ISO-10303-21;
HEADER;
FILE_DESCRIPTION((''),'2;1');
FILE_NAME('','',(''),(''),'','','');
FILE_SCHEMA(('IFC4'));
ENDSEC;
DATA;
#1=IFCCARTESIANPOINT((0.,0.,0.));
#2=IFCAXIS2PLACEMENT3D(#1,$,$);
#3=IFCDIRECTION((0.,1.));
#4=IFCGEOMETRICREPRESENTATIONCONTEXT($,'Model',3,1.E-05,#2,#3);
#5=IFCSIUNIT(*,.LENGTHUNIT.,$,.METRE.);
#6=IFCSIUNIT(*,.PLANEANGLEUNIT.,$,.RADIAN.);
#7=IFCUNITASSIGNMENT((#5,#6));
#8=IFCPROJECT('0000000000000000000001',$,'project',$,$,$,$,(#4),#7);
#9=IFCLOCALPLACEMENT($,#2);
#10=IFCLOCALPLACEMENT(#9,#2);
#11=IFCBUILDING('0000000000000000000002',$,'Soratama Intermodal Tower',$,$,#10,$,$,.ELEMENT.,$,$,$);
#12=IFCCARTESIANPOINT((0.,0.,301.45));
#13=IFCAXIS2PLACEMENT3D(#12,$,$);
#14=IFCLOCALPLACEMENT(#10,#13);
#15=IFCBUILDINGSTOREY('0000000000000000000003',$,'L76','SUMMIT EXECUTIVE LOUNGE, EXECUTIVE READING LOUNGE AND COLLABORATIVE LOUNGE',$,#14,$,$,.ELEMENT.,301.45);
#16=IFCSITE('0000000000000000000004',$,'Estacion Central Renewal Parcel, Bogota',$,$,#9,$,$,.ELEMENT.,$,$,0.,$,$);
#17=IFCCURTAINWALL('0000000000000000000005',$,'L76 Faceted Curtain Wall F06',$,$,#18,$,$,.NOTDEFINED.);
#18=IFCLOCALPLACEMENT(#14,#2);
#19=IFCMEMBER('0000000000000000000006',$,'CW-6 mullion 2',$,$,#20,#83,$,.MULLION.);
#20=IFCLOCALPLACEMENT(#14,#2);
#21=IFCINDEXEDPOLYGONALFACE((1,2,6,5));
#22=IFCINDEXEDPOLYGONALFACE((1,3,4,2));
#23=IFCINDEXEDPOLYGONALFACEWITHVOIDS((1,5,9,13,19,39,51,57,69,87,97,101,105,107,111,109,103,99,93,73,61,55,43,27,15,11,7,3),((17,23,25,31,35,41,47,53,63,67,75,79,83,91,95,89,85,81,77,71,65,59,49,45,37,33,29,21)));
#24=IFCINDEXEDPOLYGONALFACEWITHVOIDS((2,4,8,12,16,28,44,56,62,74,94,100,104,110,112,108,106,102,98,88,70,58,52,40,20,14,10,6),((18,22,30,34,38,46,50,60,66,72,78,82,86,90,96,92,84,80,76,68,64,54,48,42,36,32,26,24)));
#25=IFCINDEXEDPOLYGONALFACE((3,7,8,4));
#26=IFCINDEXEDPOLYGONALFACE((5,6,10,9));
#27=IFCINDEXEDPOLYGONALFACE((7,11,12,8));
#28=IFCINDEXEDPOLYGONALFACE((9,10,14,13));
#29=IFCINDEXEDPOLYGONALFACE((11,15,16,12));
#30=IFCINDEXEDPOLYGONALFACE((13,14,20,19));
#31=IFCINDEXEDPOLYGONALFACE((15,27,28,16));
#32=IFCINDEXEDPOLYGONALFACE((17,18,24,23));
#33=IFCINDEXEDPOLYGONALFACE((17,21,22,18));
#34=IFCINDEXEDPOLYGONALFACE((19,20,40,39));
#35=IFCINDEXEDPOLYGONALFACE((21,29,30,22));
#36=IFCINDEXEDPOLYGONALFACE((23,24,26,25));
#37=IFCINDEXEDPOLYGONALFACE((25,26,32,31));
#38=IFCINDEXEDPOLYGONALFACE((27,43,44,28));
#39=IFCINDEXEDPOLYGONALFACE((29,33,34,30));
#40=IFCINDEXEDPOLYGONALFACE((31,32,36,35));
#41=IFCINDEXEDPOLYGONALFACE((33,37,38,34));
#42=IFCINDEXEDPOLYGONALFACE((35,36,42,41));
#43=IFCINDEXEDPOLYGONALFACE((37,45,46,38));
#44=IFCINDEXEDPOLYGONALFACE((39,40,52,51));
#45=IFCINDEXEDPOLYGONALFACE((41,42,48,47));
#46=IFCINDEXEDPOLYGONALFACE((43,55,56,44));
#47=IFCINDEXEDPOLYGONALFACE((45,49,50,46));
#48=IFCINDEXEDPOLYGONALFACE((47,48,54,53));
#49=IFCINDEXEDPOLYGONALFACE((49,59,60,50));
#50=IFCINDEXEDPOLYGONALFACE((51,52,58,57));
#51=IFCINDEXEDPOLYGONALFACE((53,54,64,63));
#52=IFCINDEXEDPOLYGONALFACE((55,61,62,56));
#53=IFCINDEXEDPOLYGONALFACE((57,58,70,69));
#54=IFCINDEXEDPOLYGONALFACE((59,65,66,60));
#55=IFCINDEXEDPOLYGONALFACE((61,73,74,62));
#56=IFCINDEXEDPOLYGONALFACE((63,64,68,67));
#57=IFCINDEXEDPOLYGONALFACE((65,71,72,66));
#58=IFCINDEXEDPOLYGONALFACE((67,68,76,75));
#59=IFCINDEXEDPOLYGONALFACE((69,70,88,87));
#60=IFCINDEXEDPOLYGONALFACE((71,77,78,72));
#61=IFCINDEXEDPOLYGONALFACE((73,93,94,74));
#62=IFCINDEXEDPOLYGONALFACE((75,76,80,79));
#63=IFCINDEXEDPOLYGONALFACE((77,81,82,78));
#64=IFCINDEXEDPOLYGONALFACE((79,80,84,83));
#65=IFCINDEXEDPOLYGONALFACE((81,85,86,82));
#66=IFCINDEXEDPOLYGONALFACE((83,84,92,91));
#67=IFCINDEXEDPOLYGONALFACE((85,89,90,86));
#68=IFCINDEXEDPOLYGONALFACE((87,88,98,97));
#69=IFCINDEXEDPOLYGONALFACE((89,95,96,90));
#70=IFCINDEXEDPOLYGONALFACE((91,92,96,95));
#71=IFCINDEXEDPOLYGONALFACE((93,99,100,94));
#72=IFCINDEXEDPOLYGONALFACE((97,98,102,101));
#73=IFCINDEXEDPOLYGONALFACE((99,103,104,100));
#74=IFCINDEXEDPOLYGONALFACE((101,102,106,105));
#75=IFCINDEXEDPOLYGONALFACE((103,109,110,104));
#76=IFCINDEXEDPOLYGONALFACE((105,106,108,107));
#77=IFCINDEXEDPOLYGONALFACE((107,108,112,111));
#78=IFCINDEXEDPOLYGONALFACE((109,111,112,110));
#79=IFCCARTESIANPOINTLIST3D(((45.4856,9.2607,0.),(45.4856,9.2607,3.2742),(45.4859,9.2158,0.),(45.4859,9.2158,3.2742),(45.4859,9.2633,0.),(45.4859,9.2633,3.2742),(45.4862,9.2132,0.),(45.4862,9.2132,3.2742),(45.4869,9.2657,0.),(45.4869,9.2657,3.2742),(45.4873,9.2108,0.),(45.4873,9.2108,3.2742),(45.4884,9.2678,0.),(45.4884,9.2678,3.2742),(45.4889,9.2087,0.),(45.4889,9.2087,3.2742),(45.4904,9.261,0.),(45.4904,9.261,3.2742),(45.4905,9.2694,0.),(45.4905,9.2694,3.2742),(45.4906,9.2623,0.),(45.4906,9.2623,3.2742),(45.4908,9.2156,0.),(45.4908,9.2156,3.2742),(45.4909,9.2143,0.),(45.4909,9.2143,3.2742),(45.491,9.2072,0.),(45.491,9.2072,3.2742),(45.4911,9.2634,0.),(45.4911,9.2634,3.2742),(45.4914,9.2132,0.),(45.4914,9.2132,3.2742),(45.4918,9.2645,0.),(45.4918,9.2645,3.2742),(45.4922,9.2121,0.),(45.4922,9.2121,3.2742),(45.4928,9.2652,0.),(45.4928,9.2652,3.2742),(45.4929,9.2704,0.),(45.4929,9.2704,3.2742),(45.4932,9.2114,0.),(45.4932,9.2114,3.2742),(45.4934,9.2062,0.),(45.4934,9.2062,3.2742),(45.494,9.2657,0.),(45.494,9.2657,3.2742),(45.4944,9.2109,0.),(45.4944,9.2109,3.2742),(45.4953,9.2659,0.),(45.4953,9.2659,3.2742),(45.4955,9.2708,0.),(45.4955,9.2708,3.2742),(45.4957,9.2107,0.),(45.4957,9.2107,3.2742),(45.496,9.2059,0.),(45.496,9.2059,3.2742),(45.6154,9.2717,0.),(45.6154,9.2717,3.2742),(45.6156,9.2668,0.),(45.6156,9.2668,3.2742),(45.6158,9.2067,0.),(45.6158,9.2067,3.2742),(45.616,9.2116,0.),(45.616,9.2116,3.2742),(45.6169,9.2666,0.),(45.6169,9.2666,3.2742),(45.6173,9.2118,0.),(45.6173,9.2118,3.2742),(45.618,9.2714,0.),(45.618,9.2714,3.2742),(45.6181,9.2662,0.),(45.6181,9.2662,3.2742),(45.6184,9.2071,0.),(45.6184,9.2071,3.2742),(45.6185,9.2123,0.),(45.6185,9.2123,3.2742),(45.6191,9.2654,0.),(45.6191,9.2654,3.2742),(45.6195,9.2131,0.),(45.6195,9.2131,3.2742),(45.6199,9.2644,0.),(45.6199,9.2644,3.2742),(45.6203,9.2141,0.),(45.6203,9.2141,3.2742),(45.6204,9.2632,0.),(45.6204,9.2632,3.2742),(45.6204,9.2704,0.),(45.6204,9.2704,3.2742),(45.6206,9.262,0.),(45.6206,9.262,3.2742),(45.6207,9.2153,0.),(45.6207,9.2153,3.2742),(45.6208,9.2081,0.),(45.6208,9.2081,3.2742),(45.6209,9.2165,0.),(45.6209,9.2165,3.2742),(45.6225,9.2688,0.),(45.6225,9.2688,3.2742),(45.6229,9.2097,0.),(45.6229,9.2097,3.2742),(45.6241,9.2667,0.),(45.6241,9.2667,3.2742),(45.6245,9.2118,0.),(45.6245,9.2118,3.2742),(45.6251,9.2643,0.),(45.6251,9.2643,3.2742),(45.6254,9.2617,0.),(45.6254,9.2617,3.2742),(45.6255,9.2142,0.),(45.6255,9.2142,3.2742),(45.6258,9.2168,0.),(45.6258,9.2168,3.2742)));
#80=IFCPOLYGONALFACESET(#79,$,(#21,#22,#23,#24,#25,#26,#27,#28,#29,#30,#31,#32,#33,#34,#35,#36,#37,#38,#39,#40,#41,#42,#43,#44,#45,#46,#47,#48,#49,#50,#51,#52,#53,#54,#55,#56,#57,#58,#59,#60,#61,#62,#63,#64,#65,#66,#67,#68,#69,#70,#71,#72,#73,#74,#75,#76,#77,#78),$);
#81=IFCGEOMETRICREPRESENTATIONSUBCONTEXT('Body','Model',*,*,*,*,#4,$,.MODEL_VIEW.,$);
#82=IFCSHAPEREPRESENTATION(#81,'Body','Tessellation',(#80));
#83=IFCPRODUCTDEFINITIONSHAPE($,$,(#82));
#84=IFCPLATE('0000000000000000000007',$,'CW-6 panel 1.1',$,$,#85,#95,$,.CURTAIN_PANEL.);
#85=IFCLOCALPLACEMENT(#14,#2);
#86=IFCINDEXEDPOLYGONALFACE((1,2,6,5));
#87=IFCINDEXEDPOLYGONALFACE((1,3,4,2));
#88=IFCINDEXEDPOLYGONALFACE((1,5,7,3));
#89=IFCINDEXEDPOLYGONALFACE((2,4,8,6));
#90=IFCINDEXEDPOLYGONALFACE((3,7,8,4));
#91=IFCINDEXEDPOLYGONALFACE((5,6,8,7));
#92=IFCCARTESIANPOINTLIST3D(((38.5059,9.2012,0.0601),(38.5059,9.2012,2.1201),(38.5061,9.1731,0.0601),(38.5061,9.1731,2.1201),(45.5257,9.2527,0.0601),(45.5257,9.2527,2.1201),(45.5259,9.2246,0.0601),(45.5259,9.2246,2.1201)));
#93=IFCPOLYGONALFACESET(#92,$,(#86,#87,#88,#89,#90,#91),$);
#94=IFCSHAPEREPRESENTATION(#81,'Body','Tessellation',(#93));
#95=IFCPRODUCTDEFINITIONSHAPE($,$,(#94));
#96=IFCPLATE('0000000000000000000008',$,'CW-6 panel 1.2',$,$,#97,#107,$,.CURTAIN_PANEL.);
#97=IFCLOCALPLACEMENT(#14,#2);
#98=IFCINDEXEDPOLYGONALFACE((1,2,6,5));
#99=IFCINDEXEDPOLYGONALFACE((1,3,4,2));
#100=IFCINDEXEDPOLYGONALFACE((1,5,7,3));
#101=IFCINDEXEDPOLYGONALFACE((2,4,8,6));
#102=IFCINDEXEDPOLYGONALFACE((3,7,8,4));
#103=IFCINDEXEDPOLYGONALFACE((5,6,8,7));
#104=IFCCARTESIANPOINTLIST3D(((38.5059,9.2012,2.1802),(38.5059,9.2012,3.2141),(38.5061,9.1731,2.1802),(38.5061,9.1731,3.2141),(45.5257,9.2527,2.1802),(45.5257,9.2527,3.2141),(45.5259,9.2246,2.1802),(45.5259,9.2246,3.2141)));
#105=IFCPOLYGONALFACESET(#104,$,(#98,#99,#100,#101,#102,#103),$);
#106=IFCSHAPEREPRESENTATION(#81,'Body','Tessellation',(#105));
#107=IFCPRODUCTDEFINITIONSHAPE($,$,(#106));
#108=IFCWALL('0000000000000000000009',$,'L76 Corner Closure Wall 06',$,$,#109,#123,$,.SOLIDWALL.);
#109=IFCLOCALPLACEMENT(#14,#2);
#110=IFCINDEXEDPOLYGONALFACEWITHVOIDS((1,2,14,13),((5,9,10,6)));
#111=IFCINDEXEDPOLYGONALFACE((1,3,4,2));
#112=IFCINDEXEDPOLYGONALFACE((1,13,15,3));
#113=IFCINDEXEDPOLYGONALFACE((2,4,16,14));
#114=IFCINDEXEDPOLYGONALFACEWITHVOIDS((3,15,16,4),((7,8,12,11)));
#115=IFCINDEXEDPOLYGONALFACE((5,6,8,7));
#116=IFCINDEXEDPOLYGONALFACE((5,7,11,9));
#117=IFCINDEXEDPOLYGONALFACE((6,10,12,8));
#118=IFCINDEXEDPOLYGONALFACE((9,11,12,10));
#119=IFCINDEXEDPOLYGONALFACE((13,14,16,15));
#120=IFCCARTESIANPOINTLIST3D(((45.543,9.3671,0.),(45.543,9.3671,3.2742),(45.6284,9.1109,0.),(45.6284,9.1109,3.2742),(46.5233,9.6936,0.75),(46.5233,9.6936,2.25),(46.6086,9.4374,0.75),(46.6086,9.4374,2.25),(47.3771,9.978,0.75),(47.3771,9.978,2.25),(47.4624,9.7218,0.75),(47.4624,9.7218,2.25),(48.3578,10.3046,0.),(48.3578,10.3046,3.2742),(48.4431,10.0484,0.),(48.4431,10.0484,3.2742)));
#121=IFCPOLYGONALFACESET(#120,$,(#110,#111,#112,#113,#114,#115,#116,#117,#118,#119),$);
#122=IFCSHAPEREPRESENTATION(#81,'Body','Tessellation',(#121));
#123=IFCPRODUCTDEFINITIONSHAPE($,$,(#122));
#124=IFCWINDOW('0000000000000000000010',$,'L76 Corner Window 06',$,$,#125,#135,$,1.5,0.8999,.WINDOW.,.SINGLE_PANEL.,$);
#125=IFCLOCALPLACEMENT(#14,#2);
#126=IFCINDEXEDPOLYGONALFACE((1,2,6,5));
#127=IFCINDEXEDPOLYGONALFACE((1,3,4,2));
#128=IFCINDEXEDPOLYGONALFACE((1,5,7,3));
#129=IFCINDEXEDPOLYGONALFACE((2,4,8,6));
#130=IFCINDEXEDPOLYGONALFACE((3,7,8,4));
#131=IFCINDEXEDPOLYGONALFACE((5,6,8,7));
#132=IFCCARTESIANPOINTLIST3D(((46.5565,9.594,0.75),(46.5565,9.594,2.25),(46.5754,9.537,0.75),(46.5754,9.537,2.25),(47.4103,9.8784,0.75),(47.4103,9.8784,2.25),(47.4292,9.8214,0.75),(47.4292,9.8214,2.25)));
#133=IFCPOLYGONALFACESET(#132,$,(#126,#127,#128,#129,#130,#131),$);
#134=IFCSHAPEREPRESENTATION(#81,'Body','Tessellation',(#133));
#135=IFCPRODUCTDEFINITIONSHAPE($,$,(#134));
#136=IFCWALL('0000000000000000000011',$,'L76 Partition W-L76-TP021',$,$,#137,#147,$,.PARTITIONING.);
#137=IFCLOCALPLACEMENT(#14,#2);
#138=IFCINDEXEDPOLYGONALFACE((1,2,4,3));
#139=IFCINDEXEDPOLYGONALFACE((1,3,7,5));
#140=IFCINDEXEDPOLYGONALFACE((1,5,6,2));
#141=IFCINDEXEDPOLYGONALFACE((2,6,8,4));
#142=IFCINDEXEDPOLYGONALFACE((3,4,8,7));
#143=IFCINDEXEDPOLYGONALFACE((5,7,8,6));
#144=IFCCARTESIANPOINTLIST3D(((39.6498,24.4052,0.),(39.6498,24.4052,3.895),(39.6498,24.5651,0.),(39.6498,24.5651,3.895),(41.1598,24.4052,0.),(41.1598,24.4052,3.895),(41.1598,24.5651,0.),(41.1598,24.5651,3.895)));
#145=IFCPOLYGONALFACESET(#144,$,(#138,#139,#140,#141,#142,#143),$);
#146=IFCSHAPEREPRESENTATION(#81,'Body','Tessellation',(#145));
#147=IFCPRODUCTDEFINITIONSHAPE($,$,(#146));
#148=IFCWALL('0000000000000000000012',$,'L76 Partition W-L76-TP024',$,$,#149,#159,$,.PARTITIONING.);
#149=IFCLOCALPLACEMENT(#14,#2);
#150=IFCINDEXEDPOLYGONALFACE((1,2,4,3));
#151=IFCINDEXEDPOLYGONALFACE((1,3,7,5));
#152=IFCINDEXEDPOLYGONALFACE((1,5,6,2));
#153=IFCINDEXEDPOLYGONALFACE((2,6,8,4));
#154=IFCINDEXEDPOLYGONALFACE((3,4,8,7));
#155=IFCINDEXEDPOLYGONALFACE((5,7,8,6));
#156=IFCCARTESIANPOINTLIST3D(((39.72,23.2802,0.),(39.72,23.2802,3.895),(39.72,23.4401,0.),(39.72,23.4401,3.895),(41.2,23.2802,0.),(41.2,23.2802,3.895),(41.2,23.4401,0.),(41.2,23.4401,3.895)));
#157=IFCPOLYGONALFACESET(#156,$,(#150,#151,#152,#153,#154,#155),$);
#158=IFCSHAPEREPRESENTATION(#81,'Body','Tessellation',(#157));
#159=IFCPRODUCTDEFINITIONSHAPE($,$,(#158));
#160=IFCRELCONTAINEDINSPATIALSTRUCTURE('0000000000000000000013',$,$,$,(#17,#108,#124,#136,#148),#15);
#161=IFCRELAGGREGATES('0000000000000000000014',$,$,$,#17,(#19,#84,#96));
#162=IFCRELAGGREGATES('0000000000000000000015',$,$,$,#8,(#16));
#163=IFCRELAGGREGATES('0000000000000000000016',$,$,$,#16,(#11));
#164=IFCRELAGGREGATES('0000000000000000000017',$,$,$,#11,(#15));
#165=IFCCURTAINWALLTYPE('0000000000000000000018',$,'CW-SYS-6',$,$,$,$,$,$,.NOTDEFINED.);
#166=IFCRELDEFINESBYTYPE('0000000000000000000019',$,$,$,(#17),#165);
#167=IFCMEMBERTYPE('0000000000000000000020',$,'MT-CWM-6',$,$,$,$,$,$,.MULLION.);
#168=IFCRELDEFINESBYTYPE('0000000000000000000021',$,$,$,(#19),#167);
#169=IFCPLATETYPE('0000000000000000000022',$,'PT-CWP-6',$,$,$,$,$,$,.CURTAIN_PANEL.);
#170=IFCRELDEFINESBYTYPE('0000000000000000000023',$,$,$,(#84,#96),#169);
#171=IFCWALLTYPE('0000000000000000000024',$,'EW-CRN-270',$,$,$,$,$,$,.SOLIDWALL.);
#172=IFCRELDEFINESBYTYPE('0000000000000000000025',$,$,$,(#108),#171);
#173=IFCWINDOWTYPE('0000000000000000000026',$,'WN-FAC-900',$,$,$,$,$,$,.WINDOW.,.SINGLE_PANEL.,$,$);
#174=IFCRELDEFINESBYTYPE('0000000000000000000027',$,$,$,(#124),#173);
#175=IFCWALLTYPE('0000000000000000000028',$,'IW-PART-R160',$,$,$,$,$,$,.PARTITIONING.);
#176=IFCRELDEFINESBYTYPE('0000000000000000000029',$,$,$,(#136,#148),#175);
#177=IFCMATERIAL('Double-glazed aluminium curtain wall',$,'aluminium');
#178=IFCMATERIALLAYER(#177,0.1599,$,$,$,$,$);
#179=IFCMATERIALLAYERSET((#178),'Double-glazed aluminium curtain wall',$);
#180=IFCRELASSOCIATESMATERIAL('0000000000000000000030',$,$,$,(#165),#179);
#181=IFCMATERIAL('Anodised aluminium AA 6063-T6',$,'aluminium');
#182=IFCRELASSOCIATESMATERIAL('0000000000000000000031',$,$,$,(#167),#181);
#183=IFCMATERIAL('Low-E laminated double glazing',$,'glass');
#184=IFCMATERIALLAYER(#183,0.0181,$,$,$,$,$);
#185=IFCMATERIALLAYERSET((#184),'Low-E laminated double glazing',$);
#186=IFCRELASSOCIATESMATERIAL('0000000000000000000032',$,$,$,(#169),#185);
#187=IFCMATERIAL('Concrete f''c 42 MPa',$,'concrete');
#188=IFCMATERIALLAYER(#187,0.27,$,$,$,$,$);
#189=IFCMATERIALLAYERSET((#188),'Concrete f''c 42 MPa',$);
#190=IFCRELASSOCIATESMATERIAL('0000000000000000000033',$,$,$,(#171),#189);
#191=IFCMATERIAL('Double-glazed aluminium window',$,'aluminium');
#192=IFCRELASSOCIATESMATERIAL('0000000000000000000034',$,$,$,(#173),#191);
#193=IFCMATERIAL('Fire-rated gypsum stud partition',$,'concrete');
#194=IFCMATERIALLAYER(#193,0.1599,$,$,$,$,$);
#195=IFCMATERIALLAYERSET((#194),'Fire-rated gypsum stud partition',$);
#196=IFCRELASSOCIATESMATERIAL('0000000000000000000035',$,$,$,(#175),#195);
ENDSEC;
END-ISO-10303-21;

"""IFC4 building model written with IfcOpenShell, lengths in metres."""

from ifc_helpers import new_model, si_unit, direction, frame, frame_2d, origin, origin_2d, place, context, subcontext, project, spatial, rectangle, hollow_rectangle, extrude, material, layer, layer_set, material_profile, profile_set, type_object, element, fill, aggregate, save


model = new_model("IFC4")

# Units and contexts
model_context = context("Model", 3, precision=1e-05, world=origin(), true_north=direction((0.0, 1.0)))
body_context = subcontext(model_context, "Body", "Model", "MODEL_VIEW")
ifc_project = project(units=[si_unit("LENGTHUNIT", "METRE"), si_unit("PLANEANGLEUNIT", "RADIAN")], contexts=[model_context])

# Site, building, storey
site_placement = place(None, origin())
site = spatial("IfcSite", under=ifc_project, at=site_placement, Name="Estacion Central Renewal Parcel, Bogota", CompositionType="ELEMENT", RefElevation=0.0)
building_placement = place(site_placement, origin())
building = spatial("IfcBuilding", under=site, at=building_placement, Name="Soratama Intermodal Tower", CompositionType="ELEMENT")
storey_placement = place(building_placement, frame((0.0, 0.0, 301.45)))
storey = spatial("IfcBuildingStorey", under=building, at=storey_placement, Name="L76", Description="SUMMIT EXECUTIVE LOUNGE, EXECUTIVE READING LOUNGE AND COLLABORATIVE LOUNGE", CompositionType="ELEMENT", Elevation=301.45)

# Curtain wall, member, plates
ifc_material_1 = material(Name="Double-glazed aluminium curtain wall", Category="aluminium")
ifc_layer_1 = layer(ifc_material_1, 0.1599)
ifc_layer_set_1 = layer_set([ifc_layer_1], Name="Double-glazed aluminium curtain wall")
curtain_wall_type = type_object("IfcCurtainWallType", Name="CW-SYS-6", PredefinedType="NOTDEFINED", material=ifc_layer_set_1)
curtain_wall_placement = place(storey_placement, origin())
curtain_wall = element("IfcCurtainWall", 1, at=curtain_wall_placement, inside=storey, type_object=curtain_wall_type, Name="L76 Faceted Curtain Wall F06", PredefinedType="NOTDEFINED")
ifc_material_2 = material(Name="Anodised aluminium AA 6063-T6", Category="aluminium")
ifc_material_profile_1 = material_profile(ifc_material_2, hollow_rectangle(XDim=0.0649, YDim=0.1399, WallThickness=0.0049, InnerFilletRadius=0.0049, OuterFilletRadius=0.01, at=origin_2d()), Name="CWM140X65X5")
ifc_profile_set_1 = profile_set([ifc_material_profile_1], Name="Anodised aluminium AA 6063-T6")
member_type = type_object("IfcMemberType", Name="MT-CWM-6", PredefinedType="MULLION", material=ifc_profile_set_1)
member_placement = place(storey_placement, frame((45.5557, 9.2388, 0.0), z_axis=(0.0, 0.0, 1.0), x_axis=(-0.007339, 0.999973, 0.0)))
member = element("IfcMember", 2, at=member_placement, type_object=member_type, Name="CW-6 mullion 2", PredefinedType="MULLION", context=body_context, shape_type="SweptSolid", body=[
    extrude(hollow_rectangle(XDim=0.0649, YDim=0.1399, WallThickness=0.0049, InnerFilletRadius=0.0049, OuterFilletRadius=0.01, at=origin_2d()), origin(), (0.0, 0.0, 1.0), 3.2742),
])
ifc_material_3 = material(Name="Low-E laminated double glazing", Category="glass")
ifc_layer_2 = layer(ifc_material_3, 0.0181)
ifc_layer_set_2 = layer_set([ifc_layer_2], Name="Low-E laminated double glazing")
plate_type = type_object("IfcPlateType", Name="PT-CWP-6", PredefinedType="CURTAIN_PANEL", material=ifc_layer_set_2)
plate_1_placement = place(storey_placement, frame((42.0159, 9.2129, 0.0601), z_axis=(0.0, 0.0, 1.0), x_axis=(0.999973, 0.007339, 0.0)))
plate_1 = element("IfcPlate", 3, at=plate_1_placement, type_object=plate_type, Name="CW-6 panel 1.1", PredefinedType="CURTAIN_PANEL", context=body_context, shape_type="SweptSolid", body=[
    extrude(rectangle(XDim=7.02, YDim=0.0281, at=origin_2d()), origin(), (0.0, 0.0, 1.0), 2.0601),
])
plate_2_placement = place(storey_placement, frame((42.0159, 9.2129, 2.1802), z_axis=(0.0, 0.0, 1.0), x_axis=(0.999973, 0.007339, 0.0)))
plate_2 = element("IfcPlate", 4, at=plate_2_placement, type_object=plate_type, Name="CW-6 panel 1.2", PredefinedType="CURTAIN_PANEL", context=body_context, shape_type="SweptSolid", body=[
    extrude(rectangle(XDim=7.02, YDim=0.0281, at=origin_2d()), origin(), (0.0, 0.0, 1.0), 1.0339),
])
aggregate(curtain_wall, [member, plate_1, plate_2])

# Wall, opening, window
ifc_material_4 = material(Name="Concrete f'c 42 MPa", Category="concrete")
ifc_layer_3 = layer(ifc_material_4, 0.27)
ifc_layer_set_3 = layer_set([ifc_layer_3], Name="Concrete f'c 42 MPa")
wall_type_1 = type_object("IfcWallType", Name="EW-CRN-270", PredefinedType="SOLIDWALL", material=ifc_layer_set_3)
wall_1_placement = place(storey_placement, frame((45.5857, 9.239, 0.0), z_axis=(0.0, 0.0, 1.0), x_axis=(0.948757, 0.316006, 0.0)))
wall_1 = element("IfcWall", 5, at=wall_1_placement, inside=storey, type_object=wall_type_1, Name="L76 Corner Closure Wall 06", PredefinedType="SOLIDWALL", context=body_context, shape_type="SweptSolid", body=[
    extrude(rectangle(XDim=2.9668, YDim=0.27, at=frame_2d((1.4834, 0.0))), origin(), (0.0, 0.0, 1.0), 3.2742),
])
opening_1_placement = place(wall_1_placement, frame((1.0332, 0.0, 0.75)))
opening_1 = element("IfcOpeningElement", 6, at=opening_1_placement, cuts=wall_1, PredefinedType="OPENING", context=body_context, shape_type="SweptSolid", body=[
    extrude(rectangle(XDim=0.8999, YDim=1.5, at=frame_2d((0.45, 0.75))), frame((0.0, 0.145, 0.0), z_axis=(0.0, -1.0, 0.0), x_axis=(1.0, 0.0, 0.0)), (0.0, 0.0, 1.0), 0.29),
])
ifc_material_5 = material(Name="Double-glazed aluminium window", Category="aluminium")
window_type = type_object("IfcWindowType", Name="WN-FAC-900", PartitioningType="SINGLE_PANEL", PredefinedType="WINDOW", material=ifc_material_5)
window_placement = place(opening_1_placement, origin())
window = element("IfcWindow", 7, at=window_placement, inside=storey, type_object=window_type, Name="L76 Corner Window 06", OverallHeight=1.5, OverallWidth=0.8999, PartitioningType="SINGLE_PANEL", PredefinedType="WINDOW", context=body_context, shape_type="SweptSolid", body=[
    extrude(rectangle(XDim=0.8999, YDim=1.5, at=frame_2d((0.45, 0.75))), frame((0.0, 0.03, 0.0), z_axis=(0.0, -1.0, 0.0), x_axis=(1.0, 0.0, 0.0)), (0.0, 0.0, 1.0), 0.0601),
])
fill(opening_1, window)

# Walls
ifc_material_6 = material(Name="Fire-rated gypsum stud partition", Category="concrete")
ifc_layer_4 = layer(ifc_material_6, 0.1599)
ifc_layer_set_4 = layer_set([ifc_layer_4], Name="Fire-rated gypsum stud partition")
wall_type_2 = type_object("IfcWallType", Name="IW-PART-R160", PredefinedType="PARTITIONING", material=ifc_layer_set_4)
wall_2_placement = place(storey_placement, frame((39.6499, 24.4851, 0.0), z_axis=(0.0, 0.0, 1.0), x_axis=(1.0, 0.0, 0.0)))
element("IfcWall", 8, at=wall_2_placement, inside=storey, type_object=wall_type_2, Name="L76 Partition W-L76-TP021", PredefinedType="PARTITIONING", context=body_context, shape_type="SweptSolid", body=[
    extrude(rectangle(XDim=1.51, YDim=0.1599, at=frame_2d((0.7549, 0.0))), origin(), (0.0, 0.0, 1.0), 3.895),
])
wall_3_placement = place(storey_placement, frame((41.2, 23.3601, 0.0), z_axis=(0.0, 0.0, 1.0), x_axis=(-1.0, 0.0, 0.0)))
element("IfcWall", 9, at=wall_3_placement, inside=storey, type_object=wall_type_2, Name="L76 Partition W-L76-TP024", PredefinedType="PARTITIONING", context=body_context, shape_type="SweptSolid", body=[
    extrude(rectangle(XDim=1.48, YDim=0.1599, at=frame_2d((0.74, 0.0))), origin(), (0.0, 0.0, 1.0), 3.895),
])

save(model, "model.ifc")
